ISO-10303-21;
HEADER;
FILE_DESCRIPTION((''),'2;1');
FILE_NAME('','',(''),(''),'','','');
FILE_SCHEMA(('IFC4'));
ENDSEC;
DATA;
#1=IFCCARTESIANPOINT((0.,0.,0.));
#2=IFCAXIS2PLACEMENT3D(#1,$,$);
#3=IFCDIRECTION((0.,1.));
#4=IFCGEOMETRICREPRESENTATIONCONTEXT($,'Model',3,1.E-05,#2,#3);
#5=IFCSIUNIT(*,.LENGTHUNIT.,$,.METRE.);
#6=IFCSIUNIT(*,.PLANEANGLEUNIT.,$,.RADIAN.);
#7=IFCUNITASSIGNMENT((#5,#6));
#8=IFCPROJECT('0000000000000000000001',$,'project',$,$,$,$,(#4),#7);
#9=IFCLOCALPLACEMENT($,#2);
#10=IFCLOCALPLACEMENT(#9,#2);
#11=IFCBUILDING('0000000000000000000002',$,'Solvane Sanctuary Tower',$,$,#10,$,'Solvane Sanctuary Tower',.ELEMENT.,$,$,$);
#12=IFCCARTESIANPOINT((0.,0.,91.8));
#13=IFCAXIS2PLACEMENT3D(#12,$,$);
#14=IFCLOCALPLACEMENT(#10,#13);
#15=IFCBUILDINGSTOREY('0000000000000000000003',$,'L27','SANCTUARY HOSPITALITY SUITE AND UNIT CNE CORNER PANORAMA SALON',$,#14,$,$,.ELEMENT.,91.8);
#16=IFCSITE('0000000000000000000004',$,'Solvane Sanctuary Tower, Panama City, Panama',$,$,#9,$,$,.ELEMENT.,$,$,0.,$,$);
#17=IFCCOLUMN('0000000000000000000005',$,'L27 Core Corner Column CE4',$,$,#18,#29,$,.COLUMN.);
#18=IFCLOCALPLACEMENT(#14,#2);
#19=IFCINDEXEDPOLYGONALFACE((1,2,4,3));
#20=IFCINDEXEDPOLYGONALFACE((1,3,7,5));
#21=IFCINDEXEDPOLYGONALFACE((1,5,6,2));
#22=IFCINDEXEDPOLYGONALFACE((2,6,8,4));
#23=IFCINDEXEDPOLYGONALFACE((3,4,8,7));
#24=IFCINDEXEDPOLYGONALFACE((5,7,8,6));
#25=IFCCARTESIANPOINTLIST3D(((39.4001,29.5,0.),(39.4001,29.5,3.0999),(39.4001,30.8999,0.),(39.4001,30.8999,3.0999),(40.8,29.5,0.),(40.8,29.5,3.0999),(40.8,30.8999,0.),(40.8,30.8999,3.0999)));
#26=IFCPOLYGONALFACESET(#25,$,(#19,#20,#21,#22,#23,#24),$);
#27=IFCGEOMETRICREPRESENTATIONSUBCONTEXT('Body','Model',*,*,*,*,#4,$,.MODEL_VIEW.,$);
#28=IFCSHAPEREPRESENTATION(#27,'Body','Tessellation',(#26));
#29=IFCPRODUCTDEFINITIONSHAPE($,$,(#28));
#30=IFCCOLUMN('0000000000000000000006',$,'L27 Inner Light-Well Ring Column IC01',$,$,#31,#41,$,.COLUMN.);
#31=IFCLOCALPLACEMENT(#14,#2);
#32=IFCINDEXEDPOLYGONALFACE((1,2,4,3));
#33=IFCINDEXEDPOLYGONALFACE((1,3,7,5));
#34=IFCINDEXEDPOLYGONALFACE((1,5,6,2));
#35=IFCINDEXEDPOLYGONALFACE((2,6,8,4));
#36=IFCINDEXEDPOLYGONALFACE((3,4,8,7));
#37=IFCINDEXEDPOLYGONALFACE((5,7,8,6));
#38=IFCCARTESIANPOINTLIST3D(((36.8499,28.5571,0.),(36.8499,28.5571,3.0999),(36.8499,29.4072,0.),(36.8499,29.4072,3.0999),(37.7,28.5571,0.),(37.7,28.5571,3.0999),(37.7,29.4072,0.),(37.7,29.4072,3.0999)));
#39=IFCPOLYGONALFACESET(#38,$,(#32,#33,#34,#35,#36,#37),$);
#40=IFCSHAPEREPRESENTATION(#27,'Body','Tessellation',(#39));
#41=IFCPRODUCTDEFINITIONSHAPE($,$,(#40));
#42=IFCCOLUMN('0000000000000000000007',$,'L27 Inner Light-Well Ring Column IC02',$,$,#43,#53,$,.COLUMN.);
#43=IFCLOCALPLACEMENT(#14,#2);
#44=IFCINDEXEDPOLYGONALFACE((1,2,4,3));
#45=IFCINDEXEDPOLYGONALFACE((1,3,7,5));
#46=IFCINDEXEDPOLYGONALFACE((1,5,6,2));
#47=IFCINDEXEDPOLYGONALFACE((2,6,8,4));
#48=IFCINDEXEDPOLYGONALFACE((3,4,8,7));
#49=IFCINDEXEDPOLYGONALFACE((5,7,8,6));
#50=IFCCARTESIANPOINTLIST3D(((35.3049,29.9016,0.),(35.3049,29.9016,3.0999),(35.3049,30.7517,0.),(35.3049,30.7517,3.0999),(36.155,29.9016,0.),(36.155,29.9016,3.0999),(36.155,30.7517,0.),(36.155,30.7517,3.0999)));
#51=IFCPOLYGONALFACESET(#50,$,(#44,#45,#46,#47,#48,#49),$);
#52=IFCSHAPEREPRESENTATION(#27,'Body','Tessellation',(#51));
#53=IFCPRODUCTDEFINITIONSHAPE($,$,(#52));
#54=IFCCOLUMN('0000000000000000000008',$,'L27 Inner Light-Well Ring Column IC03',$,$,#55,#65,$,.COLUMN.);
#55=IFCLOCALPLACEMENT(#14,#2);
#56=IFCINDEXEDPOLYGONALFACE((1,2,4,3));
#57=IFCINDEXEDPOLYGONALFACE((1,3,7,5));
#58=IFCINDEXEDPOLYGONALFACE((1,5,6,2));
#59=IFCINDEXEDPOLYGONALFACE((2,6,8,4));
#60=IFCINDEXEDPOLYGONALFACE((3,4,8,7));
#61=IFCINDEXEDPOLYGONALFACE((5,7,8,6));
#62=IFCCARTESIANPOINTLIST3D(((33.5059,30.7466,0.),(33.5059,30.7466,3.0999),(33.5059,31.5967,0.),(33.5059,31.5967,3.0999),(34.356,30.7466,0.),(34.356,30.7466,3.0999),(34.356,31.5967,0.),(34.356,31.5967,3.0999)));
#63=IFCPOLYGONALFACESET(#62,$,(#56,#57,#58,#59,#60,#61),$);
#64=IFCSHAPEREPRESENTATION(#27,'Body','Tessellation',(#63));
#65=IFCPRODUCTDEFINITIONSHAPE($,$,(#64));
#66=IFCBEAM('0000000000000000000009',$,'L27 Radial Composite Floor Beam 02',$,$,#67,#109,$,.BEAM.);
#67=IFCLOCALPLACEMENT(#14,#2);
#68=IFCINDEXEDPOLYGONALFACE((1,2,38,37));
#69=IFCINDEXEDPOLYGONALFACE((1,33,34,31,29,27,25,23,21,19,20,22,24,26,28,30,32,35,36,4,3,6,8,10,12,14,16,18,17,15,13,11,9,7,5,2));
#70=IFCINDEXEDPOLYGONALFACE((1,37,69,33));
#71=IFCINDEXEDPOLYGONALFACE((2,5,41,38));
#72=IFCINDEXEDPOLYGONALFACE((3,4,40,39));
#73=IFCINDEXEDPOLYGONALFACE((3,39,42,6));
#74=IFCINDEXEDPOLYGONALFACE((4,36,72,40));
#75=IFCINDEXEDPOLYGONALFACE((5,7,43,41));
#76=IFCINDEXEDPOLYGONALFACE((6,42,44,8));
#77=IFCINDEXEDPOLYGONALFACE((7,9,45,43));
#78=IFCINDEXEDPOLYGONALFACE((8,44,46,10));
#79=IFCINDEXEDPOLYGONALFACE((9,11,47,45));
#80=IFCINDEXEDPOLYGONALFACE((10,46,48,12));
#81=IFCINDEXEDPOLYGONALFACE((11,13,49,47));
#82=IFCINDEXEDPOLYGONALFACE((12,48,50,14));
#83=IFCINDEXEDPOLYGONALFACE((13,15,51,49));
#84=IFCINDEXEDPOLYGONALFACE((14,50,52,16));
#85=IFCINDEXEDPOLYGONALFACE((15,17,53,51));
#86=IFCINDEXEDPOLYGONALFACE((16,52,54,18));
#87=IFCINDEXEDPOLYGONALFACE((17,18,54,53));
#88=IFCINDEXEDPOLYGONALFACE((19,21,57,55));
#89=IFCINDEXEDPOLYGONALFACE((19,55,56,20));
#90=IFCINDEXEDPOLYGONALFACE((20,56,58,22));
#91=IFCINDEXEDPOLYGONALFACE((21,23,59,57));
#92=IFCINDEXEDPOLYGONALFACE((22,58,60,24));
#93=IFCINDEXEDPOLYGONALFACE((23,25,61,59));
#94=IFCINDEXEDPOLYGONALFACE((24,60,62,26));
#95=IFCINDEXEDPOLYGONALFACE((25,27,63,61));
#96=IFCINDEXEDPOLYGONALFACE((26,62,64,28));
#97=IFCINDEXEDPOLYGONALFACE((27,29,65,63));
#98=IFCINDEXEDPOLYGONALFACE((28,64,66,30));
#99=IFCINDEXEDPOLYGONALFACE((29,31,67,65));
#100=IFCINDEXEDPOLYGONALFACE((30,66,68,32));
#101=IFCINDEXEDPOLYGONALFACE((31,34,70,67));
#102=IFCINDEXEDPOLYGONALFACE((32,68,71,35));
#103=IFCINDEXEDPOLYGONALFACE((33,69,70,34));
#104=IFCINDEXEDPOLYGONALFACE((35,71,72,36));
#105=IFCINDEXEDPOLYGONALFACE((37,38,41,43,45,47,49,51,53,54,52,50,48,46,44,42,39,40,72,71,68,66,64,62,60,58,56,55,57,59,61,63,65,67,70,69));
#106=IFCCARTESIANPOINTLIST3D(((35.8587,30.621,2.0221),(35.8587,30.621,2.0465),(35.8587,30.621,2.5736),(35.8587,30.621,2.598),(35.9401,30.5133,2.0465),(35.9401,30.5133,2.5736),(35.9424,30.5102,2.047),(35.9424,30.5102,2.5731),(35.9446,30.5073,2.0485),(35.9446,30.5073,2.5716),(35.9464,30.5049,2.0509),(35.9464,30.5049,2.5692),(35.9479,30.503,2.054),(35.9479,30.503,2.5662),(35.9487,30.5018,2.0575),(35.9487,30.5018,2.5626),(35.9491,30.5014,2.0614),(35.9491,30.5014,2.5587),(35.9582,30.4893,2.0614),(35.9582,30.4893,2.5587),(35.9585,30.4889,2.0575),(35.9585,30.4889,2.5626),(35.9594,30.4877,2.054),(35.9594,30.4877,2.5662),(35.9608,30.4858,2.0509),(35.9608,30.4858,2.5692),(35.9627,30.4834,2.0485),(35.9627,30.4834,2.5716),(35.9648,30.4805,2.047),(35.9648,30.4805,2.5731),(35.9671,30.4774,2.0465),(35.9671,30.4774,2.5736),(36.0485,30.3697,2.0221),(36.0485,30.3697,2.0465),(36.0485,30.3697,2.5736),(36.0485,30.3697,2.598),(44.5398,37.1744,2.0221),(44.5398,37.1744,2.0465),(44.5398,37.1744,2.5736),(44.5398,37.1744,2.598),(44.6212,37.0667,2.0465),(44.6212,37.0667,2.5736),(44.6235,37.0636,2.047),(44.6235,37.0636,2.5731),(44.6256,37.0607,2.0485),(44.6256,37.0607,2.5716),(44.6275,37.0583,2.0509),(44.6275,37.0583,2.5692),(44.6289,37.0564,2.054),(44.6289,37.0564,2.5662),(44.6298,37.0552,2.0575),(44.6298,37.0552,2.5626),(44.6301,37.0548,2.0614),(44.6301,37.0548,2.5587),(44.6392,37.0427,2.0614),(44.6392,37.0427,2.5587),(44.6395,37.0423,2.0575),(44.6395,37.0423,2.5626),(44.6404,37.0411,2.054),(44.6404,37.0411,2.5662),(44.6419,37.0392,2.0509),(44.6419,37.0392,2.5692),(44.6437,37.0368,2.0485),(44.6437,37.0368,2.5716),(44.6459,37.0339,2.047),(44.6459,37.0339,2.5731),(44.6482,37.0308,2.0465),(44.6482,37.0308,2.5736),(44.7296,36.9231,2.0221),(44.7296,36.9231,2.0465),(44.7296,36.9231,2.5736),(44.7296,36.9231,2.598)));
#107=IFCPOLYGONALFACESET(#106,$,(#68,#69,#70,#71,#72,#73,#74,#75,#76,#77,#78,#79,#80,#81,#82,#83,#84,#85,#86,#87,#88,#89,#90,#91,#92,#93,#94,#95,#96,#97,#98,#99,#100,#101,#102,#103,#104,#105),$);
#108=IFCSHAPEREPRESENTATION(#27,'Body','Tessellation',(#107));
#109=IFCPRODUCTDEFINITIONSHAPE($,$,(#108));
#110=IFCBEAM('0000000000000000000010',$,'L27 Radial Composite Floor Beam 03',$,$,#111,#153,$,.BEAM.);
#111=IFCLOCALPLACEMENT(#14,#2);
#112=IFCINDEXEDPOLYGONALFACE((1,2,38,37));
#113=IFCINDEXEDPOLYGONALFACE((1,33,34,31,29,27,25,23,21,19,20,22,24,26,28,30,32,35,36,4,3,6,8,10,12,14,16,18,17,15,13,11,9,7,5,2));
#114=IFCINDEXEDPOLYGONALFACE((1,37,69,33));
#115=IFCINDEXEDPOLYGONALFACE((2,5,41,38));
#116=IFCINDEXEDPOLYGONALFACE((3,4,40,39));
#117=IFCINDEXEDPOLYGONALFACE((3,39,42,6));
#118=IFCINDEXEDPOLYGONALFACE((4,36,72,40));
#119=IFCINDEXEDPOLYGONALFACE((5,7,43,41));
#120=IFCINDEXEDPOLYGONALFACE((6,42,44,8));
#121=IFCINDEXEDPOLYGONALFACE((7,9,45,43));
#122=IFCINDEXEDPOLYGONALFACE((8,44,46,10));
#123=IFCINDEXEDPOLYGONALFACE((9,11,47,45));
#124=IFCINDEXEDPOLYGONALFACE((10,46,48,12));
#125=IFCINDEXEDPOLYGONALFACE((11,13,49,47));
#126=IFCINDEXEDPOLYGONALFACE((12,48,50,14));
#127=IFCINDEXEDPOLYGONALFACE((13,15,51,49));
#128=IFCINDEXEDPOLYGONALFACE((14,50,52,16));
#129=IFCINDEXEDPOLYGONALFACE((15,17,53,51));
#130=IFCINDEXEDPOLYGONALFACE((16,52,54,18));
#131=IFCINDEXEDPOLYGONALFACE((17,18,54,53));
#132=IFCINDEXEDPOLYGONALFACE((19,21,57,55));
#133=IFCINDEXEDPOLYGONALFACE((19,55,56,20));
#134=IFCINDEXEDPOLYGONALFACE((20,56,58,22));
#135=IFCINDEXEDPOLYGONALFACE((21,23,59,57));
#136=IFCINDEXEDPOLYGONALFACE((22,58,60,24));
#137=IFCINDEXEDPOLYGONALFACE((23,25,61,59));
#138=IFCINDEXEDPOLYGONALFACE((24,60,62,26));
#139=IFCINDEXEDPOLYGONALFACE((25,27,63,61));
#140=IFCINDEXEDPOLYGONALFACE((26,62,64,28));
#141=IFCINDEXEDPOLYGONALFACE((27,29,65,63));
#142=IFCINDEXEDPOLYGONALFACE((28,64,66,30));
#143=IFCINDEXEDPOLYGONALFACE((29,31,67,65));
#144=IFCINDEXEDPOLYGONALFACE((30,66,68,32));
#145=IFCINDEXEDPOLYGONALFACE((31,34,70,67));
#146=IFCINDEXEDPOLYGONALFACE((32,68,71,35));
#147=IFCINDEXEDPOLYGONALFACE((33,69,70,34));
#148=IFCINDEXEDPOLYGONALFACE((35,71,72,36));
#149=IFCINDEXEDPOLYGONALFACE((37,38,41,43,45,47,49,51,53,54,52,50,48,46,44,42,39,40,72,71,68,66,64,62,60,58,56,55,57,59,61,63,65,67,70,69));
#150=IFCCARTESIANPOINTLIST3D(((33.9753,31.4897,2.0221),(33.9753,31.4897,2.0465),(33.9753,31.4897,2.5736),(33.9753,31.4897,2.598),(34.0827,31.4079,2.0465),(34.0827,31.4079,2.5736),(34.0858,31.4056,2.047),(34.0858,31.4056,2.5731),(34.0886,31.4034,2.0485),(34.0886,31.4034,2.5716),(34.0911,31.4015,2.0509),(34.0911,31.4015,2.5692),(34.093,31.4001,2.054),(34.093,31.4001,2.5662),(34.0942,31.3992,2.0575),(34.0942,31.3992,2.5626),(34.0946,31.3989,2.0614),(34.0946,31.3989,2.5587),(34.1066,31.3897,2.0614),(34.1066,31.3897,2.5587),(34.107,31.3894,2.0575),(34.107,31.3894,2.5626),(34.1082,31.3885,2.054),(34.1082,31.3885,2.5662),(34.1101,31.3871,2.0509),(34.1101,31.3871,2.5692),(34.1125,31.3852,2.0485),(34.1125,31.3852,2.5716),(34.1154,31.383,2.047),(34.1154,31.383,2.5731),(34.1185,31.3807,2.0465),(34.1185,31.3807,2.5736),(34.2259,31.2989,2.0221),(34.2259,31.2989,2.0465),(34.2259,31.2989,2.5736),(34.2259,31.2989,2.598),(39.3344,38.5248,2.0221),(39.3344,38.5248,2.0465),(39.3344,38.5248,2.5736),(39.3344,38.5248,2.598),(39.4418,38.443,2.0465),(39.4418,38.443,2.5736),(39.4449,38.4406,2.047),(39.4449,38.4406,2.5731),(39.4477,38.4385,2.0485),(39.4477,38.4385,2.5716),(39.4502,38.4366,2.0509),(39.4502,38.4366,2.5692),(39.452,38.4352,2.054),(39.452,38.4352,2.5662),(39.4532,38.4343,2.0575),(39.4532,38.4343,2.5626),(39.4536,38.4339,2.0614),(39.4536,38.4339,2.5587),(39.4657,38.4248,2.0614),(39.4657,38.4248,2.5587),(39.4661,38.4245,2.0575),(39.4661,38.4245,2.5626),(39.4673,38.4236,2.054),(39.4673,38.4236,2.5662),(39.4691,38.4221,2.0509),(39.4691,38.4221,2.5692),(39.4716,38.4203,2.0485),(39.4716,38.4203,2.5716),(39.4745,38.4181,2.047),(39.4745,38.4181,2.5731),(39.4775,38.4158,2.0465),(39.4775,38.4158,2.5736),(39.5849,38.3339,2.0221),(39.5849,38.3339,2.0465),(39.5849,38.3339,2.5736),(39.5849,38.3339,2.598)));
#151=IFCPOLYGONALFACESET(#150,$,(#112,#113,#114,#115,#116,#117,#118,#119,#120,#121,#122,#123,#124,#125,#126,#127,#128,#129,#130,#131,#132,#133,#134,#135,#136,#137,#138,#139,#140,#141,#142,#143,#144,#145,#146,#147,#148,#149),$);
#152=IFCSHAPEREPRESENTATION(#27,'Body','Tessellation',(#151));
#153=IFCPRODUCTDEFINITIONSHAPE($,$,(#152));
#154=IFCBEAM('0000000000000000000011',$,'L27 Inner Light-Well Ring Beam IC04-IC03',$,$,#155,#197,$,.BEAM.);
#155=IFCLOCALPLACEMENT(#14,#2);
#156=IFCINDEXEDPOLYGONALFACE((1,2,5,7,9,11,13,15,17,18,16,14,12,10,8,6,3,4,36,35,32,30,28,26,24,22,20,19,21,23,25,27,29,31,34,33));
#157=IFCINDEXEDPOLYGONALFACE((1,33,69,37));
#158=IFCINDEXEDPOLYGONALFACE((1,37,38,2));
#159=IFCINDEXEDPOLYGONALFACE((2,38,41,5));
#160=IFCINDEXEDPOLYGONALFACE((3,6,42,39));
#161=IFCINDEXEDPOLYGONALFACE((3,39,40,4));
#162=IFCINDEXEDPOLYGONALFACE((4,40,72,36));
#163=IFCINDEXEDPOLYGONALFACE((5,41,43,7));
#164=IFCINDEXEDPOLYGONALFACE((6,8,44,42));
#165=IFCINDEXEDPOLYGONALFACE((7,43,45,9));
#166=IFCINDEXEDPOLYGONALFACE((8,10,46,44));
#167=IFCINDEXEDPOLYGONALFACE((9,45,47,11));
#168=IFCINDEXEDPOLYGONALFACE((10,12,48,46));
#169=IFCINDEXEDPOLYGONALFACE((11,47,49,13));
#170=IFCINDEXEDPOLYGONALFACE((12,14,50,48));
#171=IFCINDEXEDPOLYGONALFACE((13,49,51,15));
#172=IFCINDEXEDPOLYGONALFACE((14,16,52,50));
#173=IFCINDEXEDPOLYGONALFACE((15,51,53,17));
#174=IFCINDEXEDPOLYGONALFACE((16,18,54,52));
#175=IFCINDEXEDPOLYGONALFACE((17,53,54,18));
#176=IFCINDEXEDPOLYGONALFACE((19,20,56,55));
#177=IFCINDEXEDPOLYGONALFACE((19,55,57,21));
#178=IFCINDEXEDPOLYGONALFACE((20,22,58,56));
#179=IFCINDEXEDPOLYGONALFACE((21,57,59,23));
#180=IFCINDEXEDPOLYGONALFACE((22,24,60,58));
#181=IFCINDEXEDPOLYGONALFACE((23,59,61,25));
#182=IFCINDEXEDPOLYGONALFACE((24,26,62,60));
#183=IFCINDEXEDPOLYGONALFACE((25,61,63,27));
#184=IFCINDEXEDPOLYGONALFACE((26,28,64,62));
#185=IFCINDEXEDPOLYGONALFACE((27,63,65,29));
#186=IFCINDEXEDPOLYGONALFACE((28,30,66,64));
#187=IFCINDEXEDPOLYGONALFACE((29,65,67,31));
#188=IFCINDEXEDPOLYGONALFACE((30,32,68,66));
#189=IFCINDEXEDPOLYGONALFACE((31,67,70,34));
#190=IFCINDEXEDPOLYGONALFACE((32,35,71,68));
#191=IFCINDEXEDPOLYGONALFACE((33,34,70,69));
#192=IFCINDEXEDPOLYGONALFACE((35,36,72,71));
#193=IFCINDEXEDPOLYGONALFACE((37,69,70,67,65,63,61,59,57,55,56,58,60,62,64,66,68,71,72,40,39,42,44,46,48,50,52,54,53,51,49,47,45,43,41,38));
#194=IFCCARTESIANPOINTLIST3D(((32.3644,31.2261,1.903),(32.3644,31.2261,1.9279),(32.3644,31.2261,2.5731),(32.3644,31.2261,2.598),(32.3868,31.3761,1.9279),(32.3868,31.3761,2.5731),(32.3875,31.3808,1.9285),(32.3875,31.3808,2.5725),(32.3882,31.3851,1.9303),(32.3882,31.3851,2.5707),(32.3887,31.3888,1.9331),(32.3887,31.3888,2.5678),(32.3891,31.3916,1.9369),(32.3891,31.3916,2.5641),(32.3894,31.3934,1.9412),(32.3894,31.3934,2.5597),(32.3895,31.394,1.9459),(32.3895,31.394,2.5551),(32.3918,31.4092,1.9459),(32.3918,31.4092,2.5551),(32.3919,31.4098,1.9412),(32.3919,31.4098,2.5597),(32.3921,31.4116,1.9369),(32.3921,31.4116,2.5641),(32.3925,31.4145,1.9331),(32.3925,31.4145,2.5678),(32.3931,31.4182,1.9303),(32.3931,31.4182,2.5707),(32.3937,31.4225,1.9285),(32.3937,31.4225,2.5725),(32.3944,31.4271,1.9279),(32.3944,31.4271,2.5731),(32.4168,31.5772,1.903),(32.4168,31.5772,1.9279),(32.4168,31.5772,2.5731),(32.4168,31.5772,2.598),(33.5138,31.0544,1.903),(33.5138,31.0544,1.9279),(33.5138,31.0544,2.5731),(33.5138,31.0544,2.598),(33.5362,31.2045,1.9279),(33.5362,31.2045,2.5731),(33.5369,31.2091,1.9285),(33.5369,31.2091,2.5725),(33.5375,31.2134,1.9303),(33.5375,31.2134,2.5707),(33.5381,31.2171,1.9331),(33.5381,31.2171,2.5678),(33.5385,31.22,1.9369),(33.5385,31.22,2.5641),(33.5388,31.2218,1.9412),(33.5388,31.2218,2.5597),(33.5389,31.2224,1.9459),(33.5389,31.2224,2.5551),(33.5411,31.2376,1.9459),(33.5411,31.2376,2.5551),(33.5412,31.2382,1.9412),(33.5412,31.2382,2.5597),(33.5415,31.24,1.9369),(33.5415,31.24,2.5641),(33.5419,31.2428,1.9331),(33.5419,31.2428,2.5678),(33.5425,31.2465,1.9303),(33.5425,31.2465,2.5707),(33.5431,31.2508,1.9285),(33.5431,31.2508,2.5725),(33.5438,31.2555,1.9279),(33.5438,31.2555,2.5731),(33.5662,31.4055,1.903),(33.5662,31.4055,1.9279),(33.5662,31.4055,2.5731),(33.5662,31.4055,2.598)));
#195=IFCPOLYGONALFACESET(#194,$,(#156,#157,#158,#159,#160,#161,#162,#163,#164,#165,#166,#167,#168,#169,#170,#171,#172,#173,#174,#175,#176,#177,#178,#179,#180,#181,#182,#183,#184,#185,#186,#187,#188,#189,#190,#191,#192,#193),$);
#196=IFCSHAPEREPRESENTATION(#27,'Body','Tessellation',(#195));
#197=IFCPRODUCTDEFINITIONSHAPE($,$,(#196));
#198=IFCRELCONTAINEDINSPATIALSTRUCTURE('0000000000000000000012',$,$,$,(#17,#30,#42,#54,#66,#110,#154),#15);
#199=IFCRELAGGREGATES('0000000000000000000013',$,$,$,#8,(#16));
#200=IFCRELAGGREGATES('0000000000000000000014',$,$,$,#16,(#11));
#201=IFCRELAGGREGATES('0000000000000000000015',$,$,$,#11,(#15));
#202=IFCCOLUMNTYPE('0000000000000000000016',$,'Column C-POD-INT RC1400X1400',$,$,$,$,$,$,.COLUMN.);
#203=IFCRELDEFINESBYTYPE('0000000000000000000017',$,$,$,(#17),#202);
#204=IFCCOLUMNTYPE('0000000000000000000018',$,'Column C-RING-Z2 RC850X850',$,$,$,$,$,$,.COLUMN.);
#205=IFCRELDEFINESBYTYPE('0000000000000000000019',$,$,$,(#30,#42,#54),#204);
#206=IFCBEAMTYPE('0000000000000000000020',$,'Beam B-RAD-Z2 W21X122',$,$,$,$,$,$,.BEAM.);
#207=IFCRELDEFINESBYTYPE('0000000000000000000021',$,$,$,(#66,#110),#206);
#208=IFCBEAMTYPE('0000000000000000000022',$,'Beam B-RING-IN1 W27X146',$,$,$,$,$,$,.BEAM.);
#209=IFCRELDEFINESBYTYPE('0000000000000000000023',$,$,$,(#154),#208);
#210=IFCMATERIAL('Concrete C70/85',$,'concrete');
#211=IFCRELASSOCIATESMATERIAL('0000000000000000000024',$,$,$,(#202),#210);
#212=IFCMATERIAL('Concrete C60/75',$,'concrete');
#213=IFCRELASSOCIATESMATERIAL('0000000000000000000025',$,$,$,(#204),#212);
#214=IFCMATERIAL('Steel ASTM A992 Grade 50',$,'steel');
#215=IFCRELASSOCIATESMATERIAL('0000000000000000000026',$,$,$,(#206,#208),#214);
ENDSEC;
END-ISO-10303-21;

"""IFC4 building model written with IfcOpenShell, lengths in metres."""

from ifc_helpers import new_model, si_unit, direction, frame, origin, origin_2d, place, context, subcontext, project, spatial, rectangle, i_section, extrude, material, material_profile, profile_set, type_object, element, save


model = new_model("IFC4")

# Units and contexts
model_context = context("Model", 3, precision=1e-05, world=origin(), true_north=direction((0.0, 1.0)))
body_context = subcontext(model_context, "Body", "Model", "MODEL_VIEW")
ifc_project = project(units=[si_unit("LENGTHUNIT", "METRE"), si_unit("PLANEANGLEUNIT", "RADIAN")], contexts=[model_context])

# Site, building, storey
site_placement = place(None, origin())
site = spatial("IfcSite", under=ifc_project, at=site_placement, Name="Solvane Sanctuary Tower, Panama City, Panama", CompositionType="ELEMENT", RefElevation=0.0)
building_placement = place(site_placement, origin())
building = spatial("IfcBuilding", under=site, at=building_placement, Name="Solvane Sanctuary Tower", LongName="Solvane Sanctuary Tower", CompositionType="ELEMENT")
storey_placement = place(building_placement, frame((0.0, 0.0, 91.8)))
storey = spatial("IfcBuildingStorey", under=building, at=storey_placement, Name="L27", Description="SANCTUARY HOSPITALITY SUITE AND UNIT CNE CORNER PANORAMA SALON", CompositionType="ELEMENT", Elevation=91.8)

# Columns
ifc_material_1 = material(Name="Concrete C70/85", Category="concrete")
ifc_material_profile_1 = material_profile(ifc_material_1, rectangle(XDim=1.3999, YDim=1.3999, at=origin_2d()), Name="RC1400X1400")
ifc_profile_set_1 = profile_set([ifc_material_profile_1], Name="Concrete C70/85")
column_type_1 = type_object("IfcColumnType", Name="Column C-POD-INT RC1400X1400", PredefinedType="COLUMN", material=ifc_profile_set_1)
column_placement = place(storey_placement, frame((40.1001, 30.2, 0.0), z_axis=(0.0, 0.0, 1.0), x_axis=(1.0, 0.0, 0.0)))
element("IfcColumn", 1, at=column_placement, inside=storey, type_object=column_type_1, Name="L27 Core Corner Column CE4", PredefinedType="COLUMN", context=body_context, shape_type="SweptSolid", body=[
    extrude(rectangle(XDim=1.3999, YDim=1.3999, at=origin_2d()), origin(), (0.0, 0.0, 1.0), 3.0999),
])
ifc_material_2 = material(Name="Concrete C60/75", Category="concrete")
ifc_material_profile_2 = material_profile(ifc_material_2, rectangle(XDim=0.8501, YDim=0.8501, at=origin_2d()), Name="RC850X850")
ifc_profile_set_2 = profile_set([ifc_material_profile_2], Name="Concrete C60/75")
column_type_2 = type_object("IfcColumnType", Name="Column C-RING-Z2 RC850X850", PredefinedType="COLUMN", material=ifc_profile_set_2)
for number, where, z_axis, x_axis, name in (
    (2, (37.2749, 28.9822, 0.0), (0.0, 0.0, 1.0), (1.0, 0.0, 0.0), "L27 Inner Light-Well Ring Column IC01"),
    (3, (35.73, 30.3267, 0.0), (0.0, 0.0, 1.0), (1.0, 0.0, 0.0), "L27 Inner Light-Well Ring Column IC02"),
    (4, (33.9309, 31.1716, 0.0), (0.0, 0.0, 1.0), (1.0, 0.0, 0.0), "L27 Inner Light-Well Ring Column IC03"),
):
    element("IfcColumn", number, at=place(storey_placement, frame(where, z_axis=z_axis, x_axis=x_axis)), inside=storey, type_object=column_type_2, Name=name, PredefinedType="COLUMN", context=body_context, shape_type="SweptSolid", body=[
        extrude(rectangle(XDim=0.8501, YDim=0.8501, at=origin_2d()), origin(), (0.0, 0.0, 1.0), 3.0999),
    ])

# Beams
ifc_material_3 = material(Name="Steel ASTM A992 Grade 50", Category="steel")
ifc_material_profile_3 = material_profile(ifc_material_3, i_section(OverallWidth=0.3149, OverallDepth=0.5759, WebThickness=0.0151, FlangeThickness=0.0244, FilletRadius=0.0149, at=origin_2d()), Name="W21X122")
ifc_profile_set_3 = profile_set([ifc_material_profile_3], Name="Steel ASTM A992 Grade 50")
beam_type_1 = type_object("IfcBeamType", Name="Beam B-RAD-Z2 W21X122", PredefinedType="BEAM", material=ifc_profile_set_3)
beam_1_placement = place(storey_placement, frame((35.9536, 30.4954, 2.3101), z_axis=(0.798116, 0.602504, 0.0), x_axis=(-0.602504, 0.798116, 0.0)))
element("IfcBeam", 5, at=beam_1_placement, inside=storey, type_object=beam_type_1, Name="L27 Radial Composite Floor Beam 02", PredefinedType="BEAM", context=body_context, shape_type="SweptSolid", body=[
    extrude(i_section(OverallWidth=0.3149, OverallDepth=0.5759, WebThickness=0.0151, FlangeThickness=0.0244, FilletRadius=0.0149, at=origin_2d()), origin(), (0.0, 0.0, 1.0), 10.877),
])
beam_2_placement = place(storey_placement, frame((34.1006, 31.3943, 2.3101), z_axis=(0.605973, 0.795486, 0.0), x_axis=(-0.795486, 0.605973, 0.0)))
element("IfcBeam", 6, at=beam_2_placement, inside=storey, type_object=beam_type_1, Name="L27 Radial Composite Floor Beam 03", PredefinedType="BEAM", context=body_context, shape_type="SweptSolid", body=[
    extrude(i_section(OverallWidth=0.3149, OverallDepth=0.5759, WebThickness=0.0151, FlangeThickness=0.0244, FilletRadius=0.0149, at=origin_2d()), origin(), (0.0, 0.0, 1.0), 8.8438),
])
ifc_material_profile_4 = material_profile(ifc_material_3, i_section(OverallWidth=0.355, OverallDepth=0.6951, WebThickness=0.0154, FlangeThickness=0.0249, FilletRadius=0.0181, at=origin_2d()), Name="W27X146")
ifc_profile_set_4 = profile_set([ifc_material_profile_4], Name="Steel ASTM A992 Grade 50")
beam_type_2 = type_object("IfcBeamType", Name="Beam B-RING-IN1 W27X146", PredefinedType="BEAM", material=ifc_profile_set_4)
beam_3_placement = place(storey_placement, frame((32.3906, 31.4016, 2.2505), z_axis=(0.989035, -0.147683, 0.0), x_axis=(0.147683, 0.989035, 0.0)))
element("IfcBeam", 7, at=beam_3_placement, inside=storey, type_object=beam_type_2, Name="L27 Inner Light-Well Ring Beam IC04-IC03", PredefinedType="BEAM", context=body_context, shape_type="SweptSolid", body=[
    extrude(i_section(OverallWidth=0.355, OverallDepth=0.6951, WebThickness=0.0154, FlangeThickness=0.0249, FilletRadius=0.0181, at=origin_2d()), origin(), (0.0, 0.0, 1.0), 1.1621),
])

save(model, "model.ifc")
